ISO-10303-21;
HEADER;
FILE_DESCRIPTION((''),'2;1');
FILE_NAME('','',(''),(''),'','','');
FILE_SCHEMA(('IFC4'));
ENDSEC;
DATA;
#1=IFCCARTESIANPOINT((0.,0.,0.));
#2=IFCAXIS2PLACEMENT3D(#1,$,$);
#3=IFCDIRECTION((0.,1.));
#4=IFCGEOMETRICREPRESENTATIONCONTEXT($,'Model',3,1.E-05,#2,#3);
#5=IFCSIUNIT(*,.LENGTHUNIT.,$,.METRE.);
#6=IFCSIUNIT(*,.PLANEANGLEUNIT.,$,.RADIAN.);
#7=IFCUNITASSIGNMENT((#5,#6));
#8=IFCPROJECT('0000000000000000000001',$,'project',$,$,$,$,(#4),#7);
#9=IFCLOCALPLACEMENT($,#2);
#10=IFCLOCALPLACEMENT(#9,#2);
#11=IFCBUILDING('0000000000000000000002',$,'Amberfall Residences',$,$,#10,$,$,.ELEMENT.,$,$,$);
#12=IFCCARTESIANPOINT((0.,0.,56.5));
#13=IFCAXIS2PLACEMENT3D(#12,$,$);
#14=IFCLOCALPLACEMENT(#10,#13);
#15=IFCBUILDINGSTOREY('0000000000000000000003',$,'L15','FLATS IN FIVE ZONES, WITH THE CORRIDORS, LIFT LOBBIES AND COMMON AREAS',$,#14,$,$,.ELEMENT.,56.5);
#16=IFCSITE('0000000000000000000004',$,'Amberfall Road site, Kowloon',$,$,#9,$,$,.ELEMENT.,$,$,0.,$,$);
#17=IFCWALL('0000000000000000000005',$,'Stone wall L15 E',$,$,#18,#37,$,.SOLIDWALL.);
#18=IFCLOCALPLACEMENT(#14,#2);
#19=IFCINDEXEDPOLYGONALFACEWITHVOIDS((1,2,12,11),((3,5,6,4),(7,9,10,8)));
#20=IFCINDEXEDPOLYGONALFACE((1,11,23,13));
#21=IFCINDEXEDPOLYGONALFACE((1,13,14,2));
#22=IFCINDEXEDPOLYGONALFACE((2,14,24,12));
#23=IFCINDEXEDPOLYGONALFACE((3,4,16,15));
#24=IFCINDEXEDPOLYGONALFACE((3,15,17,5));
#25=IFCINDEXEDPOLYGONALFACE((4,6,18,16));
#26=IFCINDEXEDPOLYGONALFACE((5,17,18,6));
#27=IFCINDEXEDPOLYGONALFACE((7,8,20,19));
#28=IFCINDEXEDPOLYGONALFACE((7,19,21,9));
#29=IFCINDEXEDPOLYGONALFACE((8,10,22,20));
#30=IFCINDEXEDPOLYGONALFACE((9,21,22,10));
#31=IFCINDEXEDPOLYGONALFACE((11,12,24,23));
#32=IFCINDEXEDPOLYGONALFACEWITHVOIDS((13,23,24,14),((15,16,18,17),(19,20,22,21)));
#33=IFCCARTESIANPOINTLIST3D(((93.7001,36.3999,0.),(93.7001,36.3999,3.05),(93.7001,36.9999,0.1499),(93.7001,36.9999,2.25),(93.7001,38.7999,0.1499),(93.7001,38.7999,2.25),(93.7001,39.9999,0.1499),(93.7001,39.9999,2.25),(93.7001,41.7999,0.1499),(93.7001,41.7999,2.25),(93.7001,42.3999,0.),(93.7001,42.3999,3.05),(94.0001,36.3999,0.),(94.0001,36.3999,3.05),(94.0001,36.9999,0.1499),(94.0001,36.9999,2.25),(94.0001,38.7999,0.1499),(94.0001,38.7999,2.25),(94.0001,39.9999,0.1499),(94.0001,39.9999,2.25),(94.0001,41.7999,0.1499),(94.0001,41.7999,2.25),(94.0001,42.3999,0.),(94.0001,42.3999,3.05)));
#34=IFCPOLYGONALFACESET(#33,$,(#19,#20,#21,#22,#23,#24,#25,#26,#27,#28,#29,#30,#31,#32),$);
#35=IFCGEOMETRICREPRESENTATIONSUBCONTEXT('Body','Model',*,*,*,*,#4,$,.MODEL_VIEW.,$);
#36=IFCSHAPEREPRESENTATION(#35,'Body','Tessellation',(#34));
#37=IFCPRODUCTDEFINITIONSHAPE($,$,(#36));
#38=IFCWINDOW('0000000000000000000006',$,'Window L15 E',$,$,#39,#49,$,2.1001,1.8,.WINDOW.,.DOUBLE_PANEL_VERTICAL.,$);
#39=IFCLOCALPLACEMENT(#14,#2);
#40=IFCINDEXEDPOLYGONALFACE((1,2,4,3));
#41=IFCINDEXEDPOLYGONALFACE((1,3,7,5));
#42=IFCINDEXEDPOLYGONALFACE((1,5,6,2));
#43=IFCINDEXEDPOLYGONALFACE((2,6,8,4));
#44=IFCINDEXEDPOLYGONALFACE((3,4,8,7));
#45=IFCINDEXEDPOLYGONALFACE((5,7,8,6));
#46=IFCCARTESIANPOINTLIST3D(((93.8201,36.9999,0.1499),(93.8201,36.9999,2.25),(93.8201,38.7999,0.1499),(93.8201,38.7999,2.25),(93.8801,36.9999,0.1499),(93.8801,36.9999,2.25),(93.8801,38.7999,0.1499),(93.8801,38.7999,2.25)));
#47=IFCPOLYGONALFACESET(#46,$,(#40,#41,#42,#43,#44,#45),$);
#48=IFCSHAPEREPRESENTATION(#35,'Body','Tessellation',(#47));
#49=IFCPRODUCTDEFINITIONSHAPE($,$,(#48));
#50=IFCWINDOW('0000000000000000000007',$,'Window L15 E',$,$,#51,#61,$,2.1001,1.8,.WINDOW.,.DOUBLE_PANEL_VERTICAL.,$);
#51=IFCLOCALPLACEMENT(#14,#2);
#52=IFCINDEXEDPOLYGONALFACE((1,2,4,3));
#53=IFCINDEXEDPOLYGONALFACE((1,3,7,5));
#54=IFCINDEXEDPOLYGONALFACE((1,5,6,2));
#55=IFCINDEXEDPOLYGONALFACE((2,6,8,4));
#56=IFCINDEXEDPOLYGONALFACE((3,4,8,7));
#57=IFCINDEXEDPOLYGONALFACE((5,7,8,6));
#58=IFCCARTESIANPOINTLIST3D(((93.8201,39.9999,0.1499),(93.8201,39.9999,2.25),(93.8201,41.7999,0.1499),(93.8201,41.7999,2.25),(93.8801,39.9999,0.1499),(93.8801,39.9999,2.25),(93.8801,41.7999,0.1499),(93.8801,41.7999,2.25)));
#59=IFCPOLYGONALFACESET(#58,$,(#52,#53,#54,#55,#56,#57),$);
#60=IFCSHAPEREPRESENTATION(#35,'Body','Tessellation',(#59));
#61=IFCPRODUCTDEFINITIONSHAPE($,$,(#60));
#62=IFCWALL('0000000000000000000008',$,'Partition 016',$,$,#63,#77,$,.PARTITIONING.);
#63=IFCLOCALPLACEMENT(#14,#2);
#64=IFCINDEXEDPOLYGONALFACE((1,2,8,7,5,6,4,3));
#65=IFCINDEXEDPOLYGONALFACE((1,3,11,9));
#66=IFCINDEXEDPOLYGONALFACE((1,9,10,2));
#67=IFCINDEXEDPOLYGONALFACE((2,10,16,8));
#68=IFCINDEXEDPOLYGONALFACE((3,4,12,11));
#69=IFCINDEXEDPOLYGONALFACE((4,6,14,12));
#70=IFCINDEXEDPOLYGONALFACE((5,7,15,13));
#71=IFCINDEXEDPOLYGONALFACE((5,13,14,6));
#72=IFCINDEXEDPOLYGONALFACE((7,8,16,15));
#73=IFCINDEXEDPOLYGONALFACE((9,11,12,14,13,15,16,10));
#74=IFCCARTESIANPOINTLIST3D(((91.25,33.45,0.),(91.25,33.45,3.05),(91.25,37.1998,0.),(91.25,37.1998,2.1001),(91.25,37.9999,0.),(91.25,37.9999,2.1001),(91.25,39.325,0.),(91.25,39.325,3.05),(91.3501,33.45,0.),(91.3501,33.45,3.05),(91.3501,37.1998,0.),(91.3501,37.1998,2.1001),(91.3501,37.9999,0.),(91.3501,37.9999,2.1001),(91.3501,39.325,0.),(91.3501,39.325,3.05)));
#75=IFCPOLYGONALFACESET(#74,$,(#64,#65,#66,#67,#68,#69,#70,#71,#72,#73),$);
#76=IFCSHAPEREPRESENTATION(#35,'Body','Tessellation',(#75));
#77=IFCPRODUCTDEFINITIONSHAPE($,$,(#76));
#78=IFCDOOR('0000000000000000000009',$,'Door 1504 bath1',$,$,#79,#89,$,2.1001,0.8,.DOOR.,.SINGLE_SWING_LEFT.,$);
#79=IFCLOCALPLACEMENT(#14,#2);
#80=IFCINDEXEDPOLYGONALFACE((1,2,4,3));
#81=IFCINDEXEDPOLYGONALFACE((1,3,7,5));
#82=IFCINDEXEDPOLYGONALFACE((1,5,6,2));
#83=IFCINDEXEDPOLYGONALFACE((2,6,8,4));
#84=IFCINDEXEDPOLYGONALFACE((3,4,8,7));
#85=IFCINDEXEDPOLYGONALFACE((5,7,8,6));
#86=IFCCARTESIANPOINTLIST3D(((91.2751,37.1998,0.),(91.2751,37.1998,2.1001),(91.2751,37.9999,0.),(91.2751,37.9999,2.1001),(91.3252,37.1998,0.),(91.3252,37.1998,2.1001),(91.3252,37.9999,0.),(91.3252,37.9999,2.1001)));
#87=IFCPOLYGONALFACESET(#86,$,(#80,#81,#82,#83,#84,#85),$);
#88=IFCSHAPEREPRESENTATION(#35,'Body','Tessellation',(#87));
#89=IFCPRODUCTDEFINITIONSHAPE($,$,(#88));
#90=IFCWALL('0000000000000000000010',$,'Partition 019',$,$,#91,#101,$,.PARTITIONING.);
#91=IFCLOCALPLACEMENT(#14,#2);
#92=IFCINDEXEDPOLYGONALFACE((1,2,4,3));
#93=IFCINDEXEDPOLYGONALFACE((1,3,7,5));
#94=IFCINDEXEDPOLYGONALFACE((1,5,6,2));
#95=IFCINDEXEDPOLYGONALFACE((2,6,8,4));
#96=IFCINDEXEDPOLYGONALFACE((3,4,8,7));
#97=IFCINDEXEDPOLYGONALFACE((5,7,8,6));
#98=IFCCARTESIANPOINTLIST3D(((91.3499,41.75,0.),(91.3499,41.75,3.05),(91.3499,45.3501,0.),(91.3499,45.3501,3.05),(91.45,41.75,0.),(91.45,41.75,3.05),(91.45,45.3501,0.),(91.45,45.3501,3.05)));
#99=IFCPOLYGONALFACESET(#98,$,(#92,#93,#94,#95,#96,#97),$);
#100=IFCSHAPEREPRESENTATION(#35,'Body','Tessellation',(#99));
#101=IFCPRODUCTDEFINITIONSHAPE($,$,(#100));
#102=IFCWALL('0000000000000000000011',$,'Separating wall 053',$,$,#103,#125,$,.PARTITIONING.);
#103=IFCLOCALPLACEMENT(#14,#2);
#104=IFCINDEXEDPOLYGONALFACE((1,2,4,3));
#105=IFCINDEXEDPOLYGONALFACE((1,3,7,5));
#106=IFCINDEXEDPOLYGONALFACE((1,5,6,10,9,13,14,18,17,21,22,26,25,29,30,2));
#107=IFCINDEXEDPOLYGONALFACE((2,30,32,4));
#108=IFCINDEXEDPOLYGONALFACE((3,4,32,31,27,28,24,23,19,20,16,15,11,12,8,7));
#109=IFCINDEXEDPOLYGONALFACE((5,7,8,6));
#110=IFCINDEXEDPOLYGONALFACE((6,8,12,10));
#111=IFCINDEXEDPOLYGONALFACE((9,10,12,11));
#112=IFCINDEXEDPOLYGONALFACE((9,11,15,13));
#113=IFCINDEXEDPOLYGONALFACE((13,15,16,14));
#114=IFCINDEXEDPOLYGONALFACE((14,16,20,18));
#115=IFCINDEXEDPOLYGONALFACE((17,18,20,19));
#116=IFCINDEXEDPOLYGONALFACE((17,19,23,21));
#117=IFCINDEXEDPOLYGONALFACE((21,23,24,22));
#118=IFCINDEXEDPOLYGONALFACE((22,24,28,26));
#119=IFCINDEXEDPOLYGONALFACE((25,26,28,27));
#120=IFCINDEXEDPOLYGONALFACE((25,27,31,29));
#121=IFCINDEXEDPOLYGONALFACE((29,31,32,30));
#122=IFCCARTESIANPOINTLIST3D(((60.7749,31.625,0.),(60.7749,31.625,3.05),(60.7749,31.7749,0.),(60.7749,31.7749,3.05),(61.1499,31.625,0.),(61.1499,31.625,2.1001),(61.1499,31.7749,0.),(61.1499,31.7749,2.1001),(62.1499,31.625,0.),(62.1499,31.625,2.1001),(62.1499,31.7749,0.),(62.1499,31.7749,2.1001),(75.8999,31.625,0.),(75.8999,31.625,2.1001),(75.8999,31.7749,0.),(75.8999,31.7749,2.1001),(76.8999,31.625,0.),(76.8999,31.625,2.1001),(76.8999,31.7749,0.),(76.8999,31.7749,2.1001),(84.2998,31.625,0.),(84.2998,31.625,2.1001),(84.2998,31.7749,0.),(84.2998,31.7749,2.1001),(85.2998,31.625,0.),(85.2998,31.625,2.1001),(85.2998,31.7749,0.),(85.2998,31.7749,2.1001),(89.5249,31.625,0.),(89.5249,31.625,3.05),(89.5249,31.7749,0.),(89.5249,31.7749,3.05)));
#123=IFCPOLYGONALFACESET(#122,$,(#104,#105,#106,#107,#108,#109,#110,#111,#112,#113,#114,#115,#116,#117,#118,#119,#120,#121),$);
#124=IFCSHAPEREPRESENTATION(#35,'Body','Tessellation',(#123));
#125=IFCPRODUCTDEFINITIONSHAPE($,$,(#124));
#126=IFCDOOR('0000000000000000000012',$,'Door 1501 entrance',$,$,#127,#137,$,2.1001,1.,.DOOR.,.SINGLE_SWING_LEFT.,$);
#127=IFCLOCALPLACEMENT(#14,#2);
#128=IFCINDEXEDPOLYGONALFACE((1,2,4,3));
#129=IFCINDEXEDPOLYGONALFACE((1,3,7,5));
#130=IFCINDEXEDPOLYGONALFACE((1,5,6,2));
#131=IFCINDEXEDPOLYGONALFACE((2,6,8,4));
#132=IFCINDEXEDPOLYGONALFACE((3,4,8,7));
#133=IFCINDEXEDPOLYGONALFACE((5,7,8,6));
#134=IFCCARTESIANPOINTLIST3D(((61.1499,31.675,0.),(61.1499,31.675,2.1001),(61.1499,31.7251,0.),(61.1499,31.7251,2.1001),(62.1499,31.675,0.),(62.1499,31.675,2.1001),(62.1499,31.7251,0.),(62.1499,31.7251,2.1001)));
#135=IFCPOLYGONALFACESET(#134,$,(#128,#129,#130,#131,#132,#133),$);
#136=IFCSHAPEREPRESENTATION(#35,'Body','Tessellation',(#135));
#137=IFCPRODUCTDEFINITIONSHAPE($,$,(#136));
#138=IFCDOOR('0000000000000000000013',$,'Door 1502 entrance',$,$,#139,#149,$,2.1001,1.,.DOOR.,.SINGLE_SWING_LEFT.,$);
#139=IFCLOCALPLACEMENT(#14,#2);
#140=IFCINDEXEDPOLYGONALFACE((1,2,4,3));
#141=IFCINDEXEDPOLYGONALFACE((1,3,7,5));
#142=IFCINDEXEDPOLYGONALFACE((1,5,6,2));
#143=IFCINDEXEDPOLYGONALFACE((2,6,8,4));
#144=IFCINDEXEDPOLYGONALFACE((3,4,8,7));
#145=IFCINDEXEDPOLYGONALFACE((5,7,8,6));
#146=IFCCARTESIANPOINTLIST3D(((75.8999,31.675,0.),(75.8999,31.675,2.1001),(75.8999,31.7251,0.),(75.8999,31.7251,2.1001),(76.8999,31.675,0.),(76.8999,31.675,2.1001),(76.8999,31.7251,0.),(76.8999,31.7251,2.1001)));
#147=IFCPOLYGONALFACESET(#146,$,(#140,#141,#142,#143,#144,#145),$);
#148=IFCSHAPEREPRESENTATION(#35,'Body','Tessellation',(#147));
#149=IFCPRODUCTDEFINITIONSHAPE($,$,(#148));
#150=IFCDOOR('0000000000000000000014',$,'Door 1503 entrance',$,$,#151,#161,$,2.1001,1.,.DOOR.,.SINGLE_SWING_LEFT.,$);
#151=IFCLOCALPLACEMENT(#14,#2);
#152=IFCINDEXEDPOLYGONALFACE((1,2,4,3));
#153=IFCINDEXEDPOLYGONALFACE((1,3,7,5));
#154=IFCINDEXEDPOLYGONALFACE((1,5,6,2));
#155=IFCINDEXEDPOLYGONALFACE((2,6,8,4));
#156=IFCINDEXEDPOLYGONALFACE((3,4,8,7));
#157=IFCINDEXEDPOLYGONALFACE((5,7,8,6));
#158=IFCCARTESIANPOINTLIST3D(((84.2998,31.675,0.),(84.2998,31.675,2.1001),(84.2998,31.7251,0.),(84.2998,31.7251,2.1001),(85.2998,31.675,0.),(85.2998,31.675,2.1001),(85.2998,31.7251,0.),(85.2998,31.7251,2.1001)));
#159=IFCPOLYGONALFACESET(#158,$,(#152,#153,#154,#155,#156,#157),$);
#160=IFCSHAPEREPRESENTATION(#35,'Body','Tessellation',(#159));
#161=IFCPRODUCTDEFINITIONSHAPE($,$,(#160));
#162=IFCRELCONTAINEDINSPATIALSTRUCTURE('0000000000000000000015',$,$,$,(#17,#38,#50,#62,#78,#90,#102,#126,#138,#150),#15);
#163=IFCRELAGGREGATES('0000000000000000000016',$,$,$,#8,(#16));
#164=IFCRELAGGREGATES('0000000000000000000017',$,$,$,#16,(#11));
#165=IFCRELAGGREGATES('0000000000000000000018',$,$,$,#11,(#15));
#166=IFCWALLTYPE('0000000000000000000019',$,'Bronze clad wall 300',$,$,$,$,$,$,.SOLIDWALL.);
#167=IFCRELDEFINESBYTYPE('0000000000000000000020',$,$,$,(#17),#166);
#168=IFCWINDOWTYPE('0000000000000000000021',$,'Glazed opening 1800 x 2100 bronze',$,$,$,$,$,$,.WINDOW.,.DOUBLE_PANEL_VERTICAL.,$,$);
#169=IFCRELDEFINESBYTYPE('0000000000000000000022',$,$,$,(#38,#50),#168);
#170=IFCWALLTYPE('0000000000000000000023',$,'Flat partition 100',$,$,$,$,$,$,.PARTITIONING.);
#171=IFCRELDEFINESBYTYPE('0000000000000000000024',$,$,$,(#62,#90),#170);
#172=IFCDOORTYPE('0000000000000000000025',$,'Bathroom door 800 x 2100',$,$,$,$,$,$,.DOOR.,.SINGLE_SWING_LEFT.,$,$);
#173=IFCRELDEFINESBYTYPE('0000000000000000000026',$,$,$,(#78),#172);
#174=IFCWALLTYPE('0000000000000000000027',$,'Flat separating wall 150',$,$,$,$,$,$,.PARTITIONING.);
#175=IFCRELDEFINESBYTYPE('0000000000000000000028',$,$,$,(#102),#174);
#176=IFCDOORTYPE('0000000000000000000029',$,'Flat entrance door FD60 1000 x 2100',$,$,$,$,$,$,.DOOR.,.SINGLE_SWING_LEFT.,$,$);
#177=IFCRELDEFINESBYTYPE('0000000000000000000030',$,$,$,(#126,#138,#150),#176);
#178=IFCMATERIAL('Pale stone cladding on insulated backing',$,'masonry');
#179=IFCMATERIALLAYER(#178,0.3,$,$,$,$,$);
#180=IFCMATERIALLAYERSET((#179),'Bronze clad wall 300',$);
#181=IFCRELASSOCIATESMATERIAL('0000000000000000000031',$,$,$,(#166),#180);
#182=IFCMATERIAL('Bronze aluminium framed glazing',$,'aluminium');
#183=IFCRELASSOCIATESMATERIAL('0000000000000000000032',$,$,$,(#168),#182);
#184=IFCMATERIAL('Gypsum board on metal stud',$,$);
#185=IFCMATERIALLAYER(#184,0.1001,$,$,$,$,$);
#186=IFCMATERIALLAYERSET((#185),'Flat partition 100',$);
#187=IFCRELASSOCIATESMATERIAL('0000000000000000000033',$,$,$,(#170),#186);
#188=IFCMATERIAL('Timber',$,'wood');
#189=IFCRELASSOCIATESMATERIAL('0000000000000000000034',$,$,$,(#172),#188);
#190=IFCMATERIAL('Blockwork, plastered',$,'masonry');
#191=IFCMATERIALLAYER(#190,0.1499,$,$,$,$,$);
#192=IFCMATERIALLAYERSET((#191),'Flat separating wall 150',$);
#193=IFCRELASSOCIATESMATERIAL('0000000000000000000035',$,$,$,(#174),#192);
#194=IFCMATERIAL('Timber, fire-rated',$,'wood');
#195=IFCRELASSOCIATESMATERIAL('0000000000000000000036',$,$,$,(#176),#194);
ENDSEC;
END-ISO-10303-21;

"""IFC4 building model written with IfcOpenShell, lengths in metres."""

from ifc_helpers import new_model, si_unit, direction, frame, frame_2d, origin, place, context, subcontext, project, spatial, rectangle, extrude, material, layer, layer_set, type_object, element, fill, save


model = new_model("IFC4")

# Units and contexts
model_context = context("Model", 3, precision=1e-05, world=origin(), true_north=direction((0.0, 1.0)))
body_context = subcontext(model_context, "Body", "Model", "MODEL_VIEW")
ifc_project = project(units=[si_unit("LENGTHUNIT", "METRE"), si_unit("PLANEANGLEUNIT", "RADIAN")], contexts=[model_context])

# Site, building, storey
site_placement = place(None, origin())
site = spatial("IfcSite", under=ifc_project, at=site_placement, Name="Amberfall Road site, Kowloon", CompositionType="ELEMENT", RefElevation=0.0)
building_placement = place(site_placement, origin())
building = spatial("IfcBuilding", under=site, at=building_placement, Name="Amberfall Residences", CompositionType="ELEMENT")
storey_placement = place(building_placement, frame((0.0, 0.0, 56.5)))
storey = spatial("IfcBuildingStorey", under=building, at=storey_placement, Name="L15", Description="FLATS IN FIVE ZONES, WITH THE CORRIDORS, LIFT LOBBIES AND COMMON AREAS", CompositionType="ELEMENT", Elevation=56.5)

# Wall, openings, windows
ifc_material_1 = material(Name="Pale stone cladding on insulated backing", Category="masonry")
ifc_layer_1 = layer(ifc_material_1, 0.3)
ifc_layer_set_1 = layer_set([ifc_layer_1], Name="Bronze clad wall 300")
wall_type_1 = type_object("IfcWallType", Name="Bronze clad wall 300", PredefinedType="SOLIDWALL", material=ifc_layer_set_1)
wall_1_placement = place(storey_placement, frame((93.8501, 36.3999, 0.0), z_axis=(0.0, 0.0, 1.0), x_axis=(0.0, 1.0, 0.0)))
wall_1 = element("IfcWall", 1, at=wall_1_placement, inside=storey, type_object=wall_type_1, Name="Stone wall L15 E", PredefinedType="SOLIDWALL", context=body_context, shape_type="SweptSolid", body=[
    extrude(rectangle(XDim=6.0, YDim=0.3, at=frame_2d((3.0, 0.0))), origin(), (0.0, 0.0, 1.0), 3.05),
])
opening_1_placement = place(wall_1_placement, frame((0.6001, 0.0, 0.1499)))
opening_1 = element("IfcOpeningElement", 2, at=opening_1_placement, cuts=wall_1, PredefinedType="OPENING", context=body_context, shape_type="SweptSolid", body=[
    extrude(rectangle(XDim=1.8, YDim=2.1001, at=frame_2d((0.8999, 1.05))), frame((0.0, 0.1599, 0.0), z_axis=(0.0, -1.0, 0.0), x_axis=(1.0, 0.0, 0.0)), (0.0, 0.0, 1.0), 0.3201),
])
opening_2_placement = place(wall_1_placement, frame((3.6001, 0.0, 0.1499)))
opening_2 = element("IfcOpeningElement", 3, at=opening_2_placement, cuts=wall_1, PredefinedType="OPENING", context=body_context, shape_type="SweptSolid", body=[
    extrude(rectangle(XDim=1.8, YDim=2.1001, at=frame_2d((0.8999, 1.05))), frame((0.0, 0.1599, 0.0), z_axis=(0.0, -1.0, 0.0), x_axis=(1.0, 0.0, 0.0)), (0.0, 0.0, 1.0), 0.3201),
])
ifc_material_2 = material(Name="Bronze aluminium framed glazing", Category="aluminium")
window_type = type_object("IfcWindowType", Name="Glazed opening 1800 x 2100 bronze", PartitioningType="DOUBLE_PANEL_VERTICAL", PredefinedType="WINDOW", material=ifc_material_2)
window_1_placement = place(opening_1_placement, origin())
window_1 = element("IfcWindow", 4, at=window_1_placement, inside=storey, type_object=window_type, Name="Window L15 E", OverallHeight=2.1001, OverallWidth=1.8, PartitioningType="DOUBLE_PANEL_VERTICAL", PredefinedType="WINDOW", context=body_context, shape_type="SweptSolid", body=[
    extrude(rectangle(XDim=1.8, YDim=2.1001, at=frame_2d((0.8999, 1.05))), frame((0.0, 0.03, 0.0), z_axis=(0.0, -1.0, 0.0), x_axis=(1.0, 0.0, 0.0)), (0.0, 0.0, 1.0), 0.0601),
])
fill(opening_1, window_1)
window_2_placement = place(opening_2_placement, origin())
window_2 = element("IfcWindow", 5, at=window_2_placement, inside=storey, type_object=window_type, Name="Window L15 E", OverallHeight=2.1001, OverallWidth=1.8, PartitioningType="DOUBLE_PANEL_VERTICAL", PredefinedType="WINDOW", context=body_context, shape_type="SweptSolid", body=[
    extrude(rectangle(XDim=1.8, YDim=2.1001, at=frame_2d((0.8999, 1.05))), frame((0.0, 0.03, 0.0), z_axis=(0.0, -1.0, 0.0), x_axis=(1.0, 0.0, 0.0)), (0.0, 0.0, 1.0), 0.0601),
])
fill(opening_2, window_2)

# Wall, opening, door
ifc_material_3 = material(Name="Gypsum board on metal stud")
ifc_layer_2 = layer(ifc_material_3, 0.1001)
ifc_layer_set_2 = layer_set([ifc_layer_2], Name="Flat partition 100")
wall_type_2 = type_object("IfcWallType", Name="Flat partition 100", PredefinedType="PARTITIONING", material=ifc_layer_set_2)
wall_2_placement = place(storey_placement, frame((91.3, 33.45, 0.0), z_axis=(0.0, 0.0, 1.0), x_axis=(0.0, 1.0, 0.0)))
wall_2 = element("IfcWall", 6, at=wall_2_placement, inside=storey, type_object=wall_type_2, Name="Partition 016", PredefinedType="PARTITIONING", context=body_context, shape_type="SweptSolid", body=[
    extrude(rectangle(XDim=5.875, YDim=0.1001, at=frame_2d((2.9375, 0.0))), origin(), (0.0, 0.0, 1.0), 3.05),
])
opening_3_placement = place(wall_2_placement, frame((3.75, 0.0, 0.0)))
opening_3 = element("IfcOpeningElement", 7, at=opening_3_placement, cuts=wall_2, PredefinedType="OPENING", context=body_context, shape_type="SweptSolid", body=[
    extrude(rectangle(XDim=0.8, YDim=2.1001, at=frame_2d((0.3999, 1.05))), frame((0.0, 0.0601, 0.0), z_axis=(0.0, -1.0, 0.0), x_axis=(1.0, 0.0, 0.0)), (0.0, 0.0, 1.0), 0.1201),
])
ifc_material_4 = material(Name="Timber", Category="wood")
door_type_1 = type_object("IfcDoorType", Name="Bathroom door 800 x 2100", OperationType="SINGLE_SWING_LEFT", PredefinedType="DOOR", material=ifc_material_4)
door_1_placement = place(opening_3_placement, origin())
door_1 = element("IfcDoor", 8, at=door_1_placement, inside=storey, type_object=door_type_1, Name="Door 1504 bath1", OperationType="SINGLE_SWING_LEFT", OverallHeight=2.1001, OverallWidth=0.8, PredefinedType="DOOR", context=body_context, shape_type="SweptSolid", body=[
    extrude(rectangle(XDim=0.8, YDim=2.1001, at=frame_2d((0.3999, 1.05))), frame((0.0, 0.0249, 0.0), z_axis=(0.0, -1.0, 0.0), x_axis=(1.0, 0.0, 0.0)), (0.0, 0.0, 1.0), 0.05),
])
fill(opening_3, door_1)

# Wall
wall_3_placement = place(storey_placement, frame((91.3999, 41.75, 0.0), z_axis=(0.0, 0.0, 1.0), x_axis=(0.0, 1.0, 0.0)))
element("IfcWall", 9, at=wall_3_placement, inside=storey, type_object=wall_type_2, Name="Partition 019", PredefinedType="PARTITIONING", context=body_context, shape_type="SweptSolid", body=[
    extrude(rectangle(XDim=3.6001, YDim=0.1001, at=frame_2d((1.8, 0.0))), origin(), (0.0, 0.0, 1.0), 3.05),
])

# Wall, openings, doors
ifc_material_5 = material(Name="Blockwork, plastered", Category="masonry")
ifc_layer_3 = layer(ifc_material_5, 0.1499)
ifc_layer_set_3 = layer_set([ifc_layer_3], Name="Flat separating wall 150")
wall_type_3 = type_object("IfcWallType", Name="Flat separating wall 150", PredefinedType="PARTITIONING", material=ifc_layer_set_3)
wall_4_placement = place(storey_placement, frame((89.5249, 31.7, 0.0), z_axis=(0.0, 0.0, 1.0), x_axis=(-1.0, 0.0, 0.0)))
wall_4 = element("IfcWall", 10, at=wall_4_placement, inside=storey, type_object=wall_type_3, Name="Separating wall 053", PredefinedType="PARTITIONING", context=body_context, shape_type="SweptSolid", body=[
    extrude(rectangle(XDim=28.75, YDim=0.1499, at=frame_2d((14.375, 0.0))), origin(), (0.0, 0.0, 1.0), 3.05),
])
opening_4_placement = place(wall_4_placement, frame((27.375, 0.0, 0.0)))
opening_4 = element("IfcOpeningElement", 11, at=opening_4_placement, cuts=wall_4, PredefinedType="OPENING", context=body_context, shape_type="SweptSolid", body=[
    extrude(rectangle(XDim=1.0, YDim=2.1001, at=frame_2d((0.5, 1.05))), frame((0.0, 0.085, 0.0), z_axis=(0.0, -1.0, 0.0), x_axis=(1.0, 0.0, 0.0)), (0.0, 0.0, 1.0), 0.1699),
])
opening_5_placement = place(wall_4_placement, frame((12.625, 0.0, 0.0)))
opening_5 = element("IfcOpeningElement", 12, at=opening_5_placement, cuts=wall_4, PredefinedType="OPENING", context=body_context, shape_type="SweptSolid", body=[
    extrude(rectangle(XDim=1.0, YDim=2.1001, at=frame_2d((0.5, 1.05))), frame((0.0, 0.085, 0.0), z_axis=(0.0, -1.0, 0.0), x_axis=(1.0, 0.0, 0.0)), (0.0, 0.0, 1.0), 0.1699),
])
opening_6_placement = place(wall_4_placement, frame((4.2251, 0.0, 0.0)))
opening_6 = element("IfcOpeningElement", 13, at=opening_6_placement, cuts=wall_4, PredefinedType="OPENING", context=body_context, shape_type="SweptSolid", body=[
    extrude(rectangle(XDim=1.0, YDim=2.1001, at=frame_2d((0.5, 1.05))), frame((0.0, 0.085, 0.0), z_axis=(0.0, -1.0, 0.0), x_axis=(1.0, 0.0, 0.0)), (0.0, 0.0, 1.0), 0.1699),
])
ifc_material_6 = material(Name="Timber, fire-rated", Category="wood")
door_type_2 = type_object("IfcDoorType", Name="Flat entrance door FD60 1000 x 2100", OperationType="SINGLE_SWING_LEFT", PredefinedType="DOOR", material=ifc_material_6)
door_2_placement = place(opening_4_placement, origin())
door_2 = element("IfcDoor", 14, at=door_2_placement, inside=storey, type_object=door_type_2, Name="Door 1501 entrance", OperationType="SINGLE_SWING_LEFT", OverallHeight=2.1001, OverallWidth=1.0, PredefinedType="DOOR", context=body_context, shape_type="SweptSolid", body=[
    extrude(rectangle(XDim=1.0, YDim=2.1001, at=frame_2d((0.5, 1.05))), frame((0.0, 0.0249, 0.0), z_axis=(0.0, -1.0, 0.0), x_axis=(1.0, 0.0, 0.0)), (0.0, 0.0, 1.0), 0.05),
])
fill(opening_4, door_2)
door_3_placement = place(opening_5_placement, origin())
door_3 = element("IfcDoor", 15, at=door_3_placement, inside=storey, type_object=door_type_2, Name="Door 1502 entrance", OperationType="SINGLE_SWING_LEFT", OverallHeight=2.1001, OverallWidth=1.0, PredefinedType="DOOR", context=body_context, shape_type="SweptSolid", body=[
    extrude(rectangle(XDim=1.0, YDim=2.1001, at=frame_2d((0.5, 1.05))), frame((0.0, 0.0249, 0.0), z_axis=(0.0, -1.0, 0.0), x_axis=(1.0, 0.0, 0.0)), (0.0, 0.0, 1.0), 0.05),
])
fill(opening_5, door_3)
door_4_placement = place(opening_6_placement, origin())
door_4 = element("IfcDoor", 16, at=door_4_placement, inside=storey, type_object=door_type_2, Name="Door 1503 entrance", OperationType="SINGLE_SWING_LEFT", OverallHeight=2.1001, OverallWidth=1.0, PredefinedType="DOOR", context=body_context, shape_type="SweptSolid", body=[
    extrude(rectangle(XDim=1.0, YDim=2.1001, at=frame_2d((0.5, 1.05))), frame((0.0, 0.0249, 0.0), z_axis=(0.0, -1.0, 0.0), x_axis=(1.0, 0.0, 0.0)), (0.0, 0.0, 1.0), 0.05),
])
fill(opening_6, door_4)

save(model, "model.ifc")
